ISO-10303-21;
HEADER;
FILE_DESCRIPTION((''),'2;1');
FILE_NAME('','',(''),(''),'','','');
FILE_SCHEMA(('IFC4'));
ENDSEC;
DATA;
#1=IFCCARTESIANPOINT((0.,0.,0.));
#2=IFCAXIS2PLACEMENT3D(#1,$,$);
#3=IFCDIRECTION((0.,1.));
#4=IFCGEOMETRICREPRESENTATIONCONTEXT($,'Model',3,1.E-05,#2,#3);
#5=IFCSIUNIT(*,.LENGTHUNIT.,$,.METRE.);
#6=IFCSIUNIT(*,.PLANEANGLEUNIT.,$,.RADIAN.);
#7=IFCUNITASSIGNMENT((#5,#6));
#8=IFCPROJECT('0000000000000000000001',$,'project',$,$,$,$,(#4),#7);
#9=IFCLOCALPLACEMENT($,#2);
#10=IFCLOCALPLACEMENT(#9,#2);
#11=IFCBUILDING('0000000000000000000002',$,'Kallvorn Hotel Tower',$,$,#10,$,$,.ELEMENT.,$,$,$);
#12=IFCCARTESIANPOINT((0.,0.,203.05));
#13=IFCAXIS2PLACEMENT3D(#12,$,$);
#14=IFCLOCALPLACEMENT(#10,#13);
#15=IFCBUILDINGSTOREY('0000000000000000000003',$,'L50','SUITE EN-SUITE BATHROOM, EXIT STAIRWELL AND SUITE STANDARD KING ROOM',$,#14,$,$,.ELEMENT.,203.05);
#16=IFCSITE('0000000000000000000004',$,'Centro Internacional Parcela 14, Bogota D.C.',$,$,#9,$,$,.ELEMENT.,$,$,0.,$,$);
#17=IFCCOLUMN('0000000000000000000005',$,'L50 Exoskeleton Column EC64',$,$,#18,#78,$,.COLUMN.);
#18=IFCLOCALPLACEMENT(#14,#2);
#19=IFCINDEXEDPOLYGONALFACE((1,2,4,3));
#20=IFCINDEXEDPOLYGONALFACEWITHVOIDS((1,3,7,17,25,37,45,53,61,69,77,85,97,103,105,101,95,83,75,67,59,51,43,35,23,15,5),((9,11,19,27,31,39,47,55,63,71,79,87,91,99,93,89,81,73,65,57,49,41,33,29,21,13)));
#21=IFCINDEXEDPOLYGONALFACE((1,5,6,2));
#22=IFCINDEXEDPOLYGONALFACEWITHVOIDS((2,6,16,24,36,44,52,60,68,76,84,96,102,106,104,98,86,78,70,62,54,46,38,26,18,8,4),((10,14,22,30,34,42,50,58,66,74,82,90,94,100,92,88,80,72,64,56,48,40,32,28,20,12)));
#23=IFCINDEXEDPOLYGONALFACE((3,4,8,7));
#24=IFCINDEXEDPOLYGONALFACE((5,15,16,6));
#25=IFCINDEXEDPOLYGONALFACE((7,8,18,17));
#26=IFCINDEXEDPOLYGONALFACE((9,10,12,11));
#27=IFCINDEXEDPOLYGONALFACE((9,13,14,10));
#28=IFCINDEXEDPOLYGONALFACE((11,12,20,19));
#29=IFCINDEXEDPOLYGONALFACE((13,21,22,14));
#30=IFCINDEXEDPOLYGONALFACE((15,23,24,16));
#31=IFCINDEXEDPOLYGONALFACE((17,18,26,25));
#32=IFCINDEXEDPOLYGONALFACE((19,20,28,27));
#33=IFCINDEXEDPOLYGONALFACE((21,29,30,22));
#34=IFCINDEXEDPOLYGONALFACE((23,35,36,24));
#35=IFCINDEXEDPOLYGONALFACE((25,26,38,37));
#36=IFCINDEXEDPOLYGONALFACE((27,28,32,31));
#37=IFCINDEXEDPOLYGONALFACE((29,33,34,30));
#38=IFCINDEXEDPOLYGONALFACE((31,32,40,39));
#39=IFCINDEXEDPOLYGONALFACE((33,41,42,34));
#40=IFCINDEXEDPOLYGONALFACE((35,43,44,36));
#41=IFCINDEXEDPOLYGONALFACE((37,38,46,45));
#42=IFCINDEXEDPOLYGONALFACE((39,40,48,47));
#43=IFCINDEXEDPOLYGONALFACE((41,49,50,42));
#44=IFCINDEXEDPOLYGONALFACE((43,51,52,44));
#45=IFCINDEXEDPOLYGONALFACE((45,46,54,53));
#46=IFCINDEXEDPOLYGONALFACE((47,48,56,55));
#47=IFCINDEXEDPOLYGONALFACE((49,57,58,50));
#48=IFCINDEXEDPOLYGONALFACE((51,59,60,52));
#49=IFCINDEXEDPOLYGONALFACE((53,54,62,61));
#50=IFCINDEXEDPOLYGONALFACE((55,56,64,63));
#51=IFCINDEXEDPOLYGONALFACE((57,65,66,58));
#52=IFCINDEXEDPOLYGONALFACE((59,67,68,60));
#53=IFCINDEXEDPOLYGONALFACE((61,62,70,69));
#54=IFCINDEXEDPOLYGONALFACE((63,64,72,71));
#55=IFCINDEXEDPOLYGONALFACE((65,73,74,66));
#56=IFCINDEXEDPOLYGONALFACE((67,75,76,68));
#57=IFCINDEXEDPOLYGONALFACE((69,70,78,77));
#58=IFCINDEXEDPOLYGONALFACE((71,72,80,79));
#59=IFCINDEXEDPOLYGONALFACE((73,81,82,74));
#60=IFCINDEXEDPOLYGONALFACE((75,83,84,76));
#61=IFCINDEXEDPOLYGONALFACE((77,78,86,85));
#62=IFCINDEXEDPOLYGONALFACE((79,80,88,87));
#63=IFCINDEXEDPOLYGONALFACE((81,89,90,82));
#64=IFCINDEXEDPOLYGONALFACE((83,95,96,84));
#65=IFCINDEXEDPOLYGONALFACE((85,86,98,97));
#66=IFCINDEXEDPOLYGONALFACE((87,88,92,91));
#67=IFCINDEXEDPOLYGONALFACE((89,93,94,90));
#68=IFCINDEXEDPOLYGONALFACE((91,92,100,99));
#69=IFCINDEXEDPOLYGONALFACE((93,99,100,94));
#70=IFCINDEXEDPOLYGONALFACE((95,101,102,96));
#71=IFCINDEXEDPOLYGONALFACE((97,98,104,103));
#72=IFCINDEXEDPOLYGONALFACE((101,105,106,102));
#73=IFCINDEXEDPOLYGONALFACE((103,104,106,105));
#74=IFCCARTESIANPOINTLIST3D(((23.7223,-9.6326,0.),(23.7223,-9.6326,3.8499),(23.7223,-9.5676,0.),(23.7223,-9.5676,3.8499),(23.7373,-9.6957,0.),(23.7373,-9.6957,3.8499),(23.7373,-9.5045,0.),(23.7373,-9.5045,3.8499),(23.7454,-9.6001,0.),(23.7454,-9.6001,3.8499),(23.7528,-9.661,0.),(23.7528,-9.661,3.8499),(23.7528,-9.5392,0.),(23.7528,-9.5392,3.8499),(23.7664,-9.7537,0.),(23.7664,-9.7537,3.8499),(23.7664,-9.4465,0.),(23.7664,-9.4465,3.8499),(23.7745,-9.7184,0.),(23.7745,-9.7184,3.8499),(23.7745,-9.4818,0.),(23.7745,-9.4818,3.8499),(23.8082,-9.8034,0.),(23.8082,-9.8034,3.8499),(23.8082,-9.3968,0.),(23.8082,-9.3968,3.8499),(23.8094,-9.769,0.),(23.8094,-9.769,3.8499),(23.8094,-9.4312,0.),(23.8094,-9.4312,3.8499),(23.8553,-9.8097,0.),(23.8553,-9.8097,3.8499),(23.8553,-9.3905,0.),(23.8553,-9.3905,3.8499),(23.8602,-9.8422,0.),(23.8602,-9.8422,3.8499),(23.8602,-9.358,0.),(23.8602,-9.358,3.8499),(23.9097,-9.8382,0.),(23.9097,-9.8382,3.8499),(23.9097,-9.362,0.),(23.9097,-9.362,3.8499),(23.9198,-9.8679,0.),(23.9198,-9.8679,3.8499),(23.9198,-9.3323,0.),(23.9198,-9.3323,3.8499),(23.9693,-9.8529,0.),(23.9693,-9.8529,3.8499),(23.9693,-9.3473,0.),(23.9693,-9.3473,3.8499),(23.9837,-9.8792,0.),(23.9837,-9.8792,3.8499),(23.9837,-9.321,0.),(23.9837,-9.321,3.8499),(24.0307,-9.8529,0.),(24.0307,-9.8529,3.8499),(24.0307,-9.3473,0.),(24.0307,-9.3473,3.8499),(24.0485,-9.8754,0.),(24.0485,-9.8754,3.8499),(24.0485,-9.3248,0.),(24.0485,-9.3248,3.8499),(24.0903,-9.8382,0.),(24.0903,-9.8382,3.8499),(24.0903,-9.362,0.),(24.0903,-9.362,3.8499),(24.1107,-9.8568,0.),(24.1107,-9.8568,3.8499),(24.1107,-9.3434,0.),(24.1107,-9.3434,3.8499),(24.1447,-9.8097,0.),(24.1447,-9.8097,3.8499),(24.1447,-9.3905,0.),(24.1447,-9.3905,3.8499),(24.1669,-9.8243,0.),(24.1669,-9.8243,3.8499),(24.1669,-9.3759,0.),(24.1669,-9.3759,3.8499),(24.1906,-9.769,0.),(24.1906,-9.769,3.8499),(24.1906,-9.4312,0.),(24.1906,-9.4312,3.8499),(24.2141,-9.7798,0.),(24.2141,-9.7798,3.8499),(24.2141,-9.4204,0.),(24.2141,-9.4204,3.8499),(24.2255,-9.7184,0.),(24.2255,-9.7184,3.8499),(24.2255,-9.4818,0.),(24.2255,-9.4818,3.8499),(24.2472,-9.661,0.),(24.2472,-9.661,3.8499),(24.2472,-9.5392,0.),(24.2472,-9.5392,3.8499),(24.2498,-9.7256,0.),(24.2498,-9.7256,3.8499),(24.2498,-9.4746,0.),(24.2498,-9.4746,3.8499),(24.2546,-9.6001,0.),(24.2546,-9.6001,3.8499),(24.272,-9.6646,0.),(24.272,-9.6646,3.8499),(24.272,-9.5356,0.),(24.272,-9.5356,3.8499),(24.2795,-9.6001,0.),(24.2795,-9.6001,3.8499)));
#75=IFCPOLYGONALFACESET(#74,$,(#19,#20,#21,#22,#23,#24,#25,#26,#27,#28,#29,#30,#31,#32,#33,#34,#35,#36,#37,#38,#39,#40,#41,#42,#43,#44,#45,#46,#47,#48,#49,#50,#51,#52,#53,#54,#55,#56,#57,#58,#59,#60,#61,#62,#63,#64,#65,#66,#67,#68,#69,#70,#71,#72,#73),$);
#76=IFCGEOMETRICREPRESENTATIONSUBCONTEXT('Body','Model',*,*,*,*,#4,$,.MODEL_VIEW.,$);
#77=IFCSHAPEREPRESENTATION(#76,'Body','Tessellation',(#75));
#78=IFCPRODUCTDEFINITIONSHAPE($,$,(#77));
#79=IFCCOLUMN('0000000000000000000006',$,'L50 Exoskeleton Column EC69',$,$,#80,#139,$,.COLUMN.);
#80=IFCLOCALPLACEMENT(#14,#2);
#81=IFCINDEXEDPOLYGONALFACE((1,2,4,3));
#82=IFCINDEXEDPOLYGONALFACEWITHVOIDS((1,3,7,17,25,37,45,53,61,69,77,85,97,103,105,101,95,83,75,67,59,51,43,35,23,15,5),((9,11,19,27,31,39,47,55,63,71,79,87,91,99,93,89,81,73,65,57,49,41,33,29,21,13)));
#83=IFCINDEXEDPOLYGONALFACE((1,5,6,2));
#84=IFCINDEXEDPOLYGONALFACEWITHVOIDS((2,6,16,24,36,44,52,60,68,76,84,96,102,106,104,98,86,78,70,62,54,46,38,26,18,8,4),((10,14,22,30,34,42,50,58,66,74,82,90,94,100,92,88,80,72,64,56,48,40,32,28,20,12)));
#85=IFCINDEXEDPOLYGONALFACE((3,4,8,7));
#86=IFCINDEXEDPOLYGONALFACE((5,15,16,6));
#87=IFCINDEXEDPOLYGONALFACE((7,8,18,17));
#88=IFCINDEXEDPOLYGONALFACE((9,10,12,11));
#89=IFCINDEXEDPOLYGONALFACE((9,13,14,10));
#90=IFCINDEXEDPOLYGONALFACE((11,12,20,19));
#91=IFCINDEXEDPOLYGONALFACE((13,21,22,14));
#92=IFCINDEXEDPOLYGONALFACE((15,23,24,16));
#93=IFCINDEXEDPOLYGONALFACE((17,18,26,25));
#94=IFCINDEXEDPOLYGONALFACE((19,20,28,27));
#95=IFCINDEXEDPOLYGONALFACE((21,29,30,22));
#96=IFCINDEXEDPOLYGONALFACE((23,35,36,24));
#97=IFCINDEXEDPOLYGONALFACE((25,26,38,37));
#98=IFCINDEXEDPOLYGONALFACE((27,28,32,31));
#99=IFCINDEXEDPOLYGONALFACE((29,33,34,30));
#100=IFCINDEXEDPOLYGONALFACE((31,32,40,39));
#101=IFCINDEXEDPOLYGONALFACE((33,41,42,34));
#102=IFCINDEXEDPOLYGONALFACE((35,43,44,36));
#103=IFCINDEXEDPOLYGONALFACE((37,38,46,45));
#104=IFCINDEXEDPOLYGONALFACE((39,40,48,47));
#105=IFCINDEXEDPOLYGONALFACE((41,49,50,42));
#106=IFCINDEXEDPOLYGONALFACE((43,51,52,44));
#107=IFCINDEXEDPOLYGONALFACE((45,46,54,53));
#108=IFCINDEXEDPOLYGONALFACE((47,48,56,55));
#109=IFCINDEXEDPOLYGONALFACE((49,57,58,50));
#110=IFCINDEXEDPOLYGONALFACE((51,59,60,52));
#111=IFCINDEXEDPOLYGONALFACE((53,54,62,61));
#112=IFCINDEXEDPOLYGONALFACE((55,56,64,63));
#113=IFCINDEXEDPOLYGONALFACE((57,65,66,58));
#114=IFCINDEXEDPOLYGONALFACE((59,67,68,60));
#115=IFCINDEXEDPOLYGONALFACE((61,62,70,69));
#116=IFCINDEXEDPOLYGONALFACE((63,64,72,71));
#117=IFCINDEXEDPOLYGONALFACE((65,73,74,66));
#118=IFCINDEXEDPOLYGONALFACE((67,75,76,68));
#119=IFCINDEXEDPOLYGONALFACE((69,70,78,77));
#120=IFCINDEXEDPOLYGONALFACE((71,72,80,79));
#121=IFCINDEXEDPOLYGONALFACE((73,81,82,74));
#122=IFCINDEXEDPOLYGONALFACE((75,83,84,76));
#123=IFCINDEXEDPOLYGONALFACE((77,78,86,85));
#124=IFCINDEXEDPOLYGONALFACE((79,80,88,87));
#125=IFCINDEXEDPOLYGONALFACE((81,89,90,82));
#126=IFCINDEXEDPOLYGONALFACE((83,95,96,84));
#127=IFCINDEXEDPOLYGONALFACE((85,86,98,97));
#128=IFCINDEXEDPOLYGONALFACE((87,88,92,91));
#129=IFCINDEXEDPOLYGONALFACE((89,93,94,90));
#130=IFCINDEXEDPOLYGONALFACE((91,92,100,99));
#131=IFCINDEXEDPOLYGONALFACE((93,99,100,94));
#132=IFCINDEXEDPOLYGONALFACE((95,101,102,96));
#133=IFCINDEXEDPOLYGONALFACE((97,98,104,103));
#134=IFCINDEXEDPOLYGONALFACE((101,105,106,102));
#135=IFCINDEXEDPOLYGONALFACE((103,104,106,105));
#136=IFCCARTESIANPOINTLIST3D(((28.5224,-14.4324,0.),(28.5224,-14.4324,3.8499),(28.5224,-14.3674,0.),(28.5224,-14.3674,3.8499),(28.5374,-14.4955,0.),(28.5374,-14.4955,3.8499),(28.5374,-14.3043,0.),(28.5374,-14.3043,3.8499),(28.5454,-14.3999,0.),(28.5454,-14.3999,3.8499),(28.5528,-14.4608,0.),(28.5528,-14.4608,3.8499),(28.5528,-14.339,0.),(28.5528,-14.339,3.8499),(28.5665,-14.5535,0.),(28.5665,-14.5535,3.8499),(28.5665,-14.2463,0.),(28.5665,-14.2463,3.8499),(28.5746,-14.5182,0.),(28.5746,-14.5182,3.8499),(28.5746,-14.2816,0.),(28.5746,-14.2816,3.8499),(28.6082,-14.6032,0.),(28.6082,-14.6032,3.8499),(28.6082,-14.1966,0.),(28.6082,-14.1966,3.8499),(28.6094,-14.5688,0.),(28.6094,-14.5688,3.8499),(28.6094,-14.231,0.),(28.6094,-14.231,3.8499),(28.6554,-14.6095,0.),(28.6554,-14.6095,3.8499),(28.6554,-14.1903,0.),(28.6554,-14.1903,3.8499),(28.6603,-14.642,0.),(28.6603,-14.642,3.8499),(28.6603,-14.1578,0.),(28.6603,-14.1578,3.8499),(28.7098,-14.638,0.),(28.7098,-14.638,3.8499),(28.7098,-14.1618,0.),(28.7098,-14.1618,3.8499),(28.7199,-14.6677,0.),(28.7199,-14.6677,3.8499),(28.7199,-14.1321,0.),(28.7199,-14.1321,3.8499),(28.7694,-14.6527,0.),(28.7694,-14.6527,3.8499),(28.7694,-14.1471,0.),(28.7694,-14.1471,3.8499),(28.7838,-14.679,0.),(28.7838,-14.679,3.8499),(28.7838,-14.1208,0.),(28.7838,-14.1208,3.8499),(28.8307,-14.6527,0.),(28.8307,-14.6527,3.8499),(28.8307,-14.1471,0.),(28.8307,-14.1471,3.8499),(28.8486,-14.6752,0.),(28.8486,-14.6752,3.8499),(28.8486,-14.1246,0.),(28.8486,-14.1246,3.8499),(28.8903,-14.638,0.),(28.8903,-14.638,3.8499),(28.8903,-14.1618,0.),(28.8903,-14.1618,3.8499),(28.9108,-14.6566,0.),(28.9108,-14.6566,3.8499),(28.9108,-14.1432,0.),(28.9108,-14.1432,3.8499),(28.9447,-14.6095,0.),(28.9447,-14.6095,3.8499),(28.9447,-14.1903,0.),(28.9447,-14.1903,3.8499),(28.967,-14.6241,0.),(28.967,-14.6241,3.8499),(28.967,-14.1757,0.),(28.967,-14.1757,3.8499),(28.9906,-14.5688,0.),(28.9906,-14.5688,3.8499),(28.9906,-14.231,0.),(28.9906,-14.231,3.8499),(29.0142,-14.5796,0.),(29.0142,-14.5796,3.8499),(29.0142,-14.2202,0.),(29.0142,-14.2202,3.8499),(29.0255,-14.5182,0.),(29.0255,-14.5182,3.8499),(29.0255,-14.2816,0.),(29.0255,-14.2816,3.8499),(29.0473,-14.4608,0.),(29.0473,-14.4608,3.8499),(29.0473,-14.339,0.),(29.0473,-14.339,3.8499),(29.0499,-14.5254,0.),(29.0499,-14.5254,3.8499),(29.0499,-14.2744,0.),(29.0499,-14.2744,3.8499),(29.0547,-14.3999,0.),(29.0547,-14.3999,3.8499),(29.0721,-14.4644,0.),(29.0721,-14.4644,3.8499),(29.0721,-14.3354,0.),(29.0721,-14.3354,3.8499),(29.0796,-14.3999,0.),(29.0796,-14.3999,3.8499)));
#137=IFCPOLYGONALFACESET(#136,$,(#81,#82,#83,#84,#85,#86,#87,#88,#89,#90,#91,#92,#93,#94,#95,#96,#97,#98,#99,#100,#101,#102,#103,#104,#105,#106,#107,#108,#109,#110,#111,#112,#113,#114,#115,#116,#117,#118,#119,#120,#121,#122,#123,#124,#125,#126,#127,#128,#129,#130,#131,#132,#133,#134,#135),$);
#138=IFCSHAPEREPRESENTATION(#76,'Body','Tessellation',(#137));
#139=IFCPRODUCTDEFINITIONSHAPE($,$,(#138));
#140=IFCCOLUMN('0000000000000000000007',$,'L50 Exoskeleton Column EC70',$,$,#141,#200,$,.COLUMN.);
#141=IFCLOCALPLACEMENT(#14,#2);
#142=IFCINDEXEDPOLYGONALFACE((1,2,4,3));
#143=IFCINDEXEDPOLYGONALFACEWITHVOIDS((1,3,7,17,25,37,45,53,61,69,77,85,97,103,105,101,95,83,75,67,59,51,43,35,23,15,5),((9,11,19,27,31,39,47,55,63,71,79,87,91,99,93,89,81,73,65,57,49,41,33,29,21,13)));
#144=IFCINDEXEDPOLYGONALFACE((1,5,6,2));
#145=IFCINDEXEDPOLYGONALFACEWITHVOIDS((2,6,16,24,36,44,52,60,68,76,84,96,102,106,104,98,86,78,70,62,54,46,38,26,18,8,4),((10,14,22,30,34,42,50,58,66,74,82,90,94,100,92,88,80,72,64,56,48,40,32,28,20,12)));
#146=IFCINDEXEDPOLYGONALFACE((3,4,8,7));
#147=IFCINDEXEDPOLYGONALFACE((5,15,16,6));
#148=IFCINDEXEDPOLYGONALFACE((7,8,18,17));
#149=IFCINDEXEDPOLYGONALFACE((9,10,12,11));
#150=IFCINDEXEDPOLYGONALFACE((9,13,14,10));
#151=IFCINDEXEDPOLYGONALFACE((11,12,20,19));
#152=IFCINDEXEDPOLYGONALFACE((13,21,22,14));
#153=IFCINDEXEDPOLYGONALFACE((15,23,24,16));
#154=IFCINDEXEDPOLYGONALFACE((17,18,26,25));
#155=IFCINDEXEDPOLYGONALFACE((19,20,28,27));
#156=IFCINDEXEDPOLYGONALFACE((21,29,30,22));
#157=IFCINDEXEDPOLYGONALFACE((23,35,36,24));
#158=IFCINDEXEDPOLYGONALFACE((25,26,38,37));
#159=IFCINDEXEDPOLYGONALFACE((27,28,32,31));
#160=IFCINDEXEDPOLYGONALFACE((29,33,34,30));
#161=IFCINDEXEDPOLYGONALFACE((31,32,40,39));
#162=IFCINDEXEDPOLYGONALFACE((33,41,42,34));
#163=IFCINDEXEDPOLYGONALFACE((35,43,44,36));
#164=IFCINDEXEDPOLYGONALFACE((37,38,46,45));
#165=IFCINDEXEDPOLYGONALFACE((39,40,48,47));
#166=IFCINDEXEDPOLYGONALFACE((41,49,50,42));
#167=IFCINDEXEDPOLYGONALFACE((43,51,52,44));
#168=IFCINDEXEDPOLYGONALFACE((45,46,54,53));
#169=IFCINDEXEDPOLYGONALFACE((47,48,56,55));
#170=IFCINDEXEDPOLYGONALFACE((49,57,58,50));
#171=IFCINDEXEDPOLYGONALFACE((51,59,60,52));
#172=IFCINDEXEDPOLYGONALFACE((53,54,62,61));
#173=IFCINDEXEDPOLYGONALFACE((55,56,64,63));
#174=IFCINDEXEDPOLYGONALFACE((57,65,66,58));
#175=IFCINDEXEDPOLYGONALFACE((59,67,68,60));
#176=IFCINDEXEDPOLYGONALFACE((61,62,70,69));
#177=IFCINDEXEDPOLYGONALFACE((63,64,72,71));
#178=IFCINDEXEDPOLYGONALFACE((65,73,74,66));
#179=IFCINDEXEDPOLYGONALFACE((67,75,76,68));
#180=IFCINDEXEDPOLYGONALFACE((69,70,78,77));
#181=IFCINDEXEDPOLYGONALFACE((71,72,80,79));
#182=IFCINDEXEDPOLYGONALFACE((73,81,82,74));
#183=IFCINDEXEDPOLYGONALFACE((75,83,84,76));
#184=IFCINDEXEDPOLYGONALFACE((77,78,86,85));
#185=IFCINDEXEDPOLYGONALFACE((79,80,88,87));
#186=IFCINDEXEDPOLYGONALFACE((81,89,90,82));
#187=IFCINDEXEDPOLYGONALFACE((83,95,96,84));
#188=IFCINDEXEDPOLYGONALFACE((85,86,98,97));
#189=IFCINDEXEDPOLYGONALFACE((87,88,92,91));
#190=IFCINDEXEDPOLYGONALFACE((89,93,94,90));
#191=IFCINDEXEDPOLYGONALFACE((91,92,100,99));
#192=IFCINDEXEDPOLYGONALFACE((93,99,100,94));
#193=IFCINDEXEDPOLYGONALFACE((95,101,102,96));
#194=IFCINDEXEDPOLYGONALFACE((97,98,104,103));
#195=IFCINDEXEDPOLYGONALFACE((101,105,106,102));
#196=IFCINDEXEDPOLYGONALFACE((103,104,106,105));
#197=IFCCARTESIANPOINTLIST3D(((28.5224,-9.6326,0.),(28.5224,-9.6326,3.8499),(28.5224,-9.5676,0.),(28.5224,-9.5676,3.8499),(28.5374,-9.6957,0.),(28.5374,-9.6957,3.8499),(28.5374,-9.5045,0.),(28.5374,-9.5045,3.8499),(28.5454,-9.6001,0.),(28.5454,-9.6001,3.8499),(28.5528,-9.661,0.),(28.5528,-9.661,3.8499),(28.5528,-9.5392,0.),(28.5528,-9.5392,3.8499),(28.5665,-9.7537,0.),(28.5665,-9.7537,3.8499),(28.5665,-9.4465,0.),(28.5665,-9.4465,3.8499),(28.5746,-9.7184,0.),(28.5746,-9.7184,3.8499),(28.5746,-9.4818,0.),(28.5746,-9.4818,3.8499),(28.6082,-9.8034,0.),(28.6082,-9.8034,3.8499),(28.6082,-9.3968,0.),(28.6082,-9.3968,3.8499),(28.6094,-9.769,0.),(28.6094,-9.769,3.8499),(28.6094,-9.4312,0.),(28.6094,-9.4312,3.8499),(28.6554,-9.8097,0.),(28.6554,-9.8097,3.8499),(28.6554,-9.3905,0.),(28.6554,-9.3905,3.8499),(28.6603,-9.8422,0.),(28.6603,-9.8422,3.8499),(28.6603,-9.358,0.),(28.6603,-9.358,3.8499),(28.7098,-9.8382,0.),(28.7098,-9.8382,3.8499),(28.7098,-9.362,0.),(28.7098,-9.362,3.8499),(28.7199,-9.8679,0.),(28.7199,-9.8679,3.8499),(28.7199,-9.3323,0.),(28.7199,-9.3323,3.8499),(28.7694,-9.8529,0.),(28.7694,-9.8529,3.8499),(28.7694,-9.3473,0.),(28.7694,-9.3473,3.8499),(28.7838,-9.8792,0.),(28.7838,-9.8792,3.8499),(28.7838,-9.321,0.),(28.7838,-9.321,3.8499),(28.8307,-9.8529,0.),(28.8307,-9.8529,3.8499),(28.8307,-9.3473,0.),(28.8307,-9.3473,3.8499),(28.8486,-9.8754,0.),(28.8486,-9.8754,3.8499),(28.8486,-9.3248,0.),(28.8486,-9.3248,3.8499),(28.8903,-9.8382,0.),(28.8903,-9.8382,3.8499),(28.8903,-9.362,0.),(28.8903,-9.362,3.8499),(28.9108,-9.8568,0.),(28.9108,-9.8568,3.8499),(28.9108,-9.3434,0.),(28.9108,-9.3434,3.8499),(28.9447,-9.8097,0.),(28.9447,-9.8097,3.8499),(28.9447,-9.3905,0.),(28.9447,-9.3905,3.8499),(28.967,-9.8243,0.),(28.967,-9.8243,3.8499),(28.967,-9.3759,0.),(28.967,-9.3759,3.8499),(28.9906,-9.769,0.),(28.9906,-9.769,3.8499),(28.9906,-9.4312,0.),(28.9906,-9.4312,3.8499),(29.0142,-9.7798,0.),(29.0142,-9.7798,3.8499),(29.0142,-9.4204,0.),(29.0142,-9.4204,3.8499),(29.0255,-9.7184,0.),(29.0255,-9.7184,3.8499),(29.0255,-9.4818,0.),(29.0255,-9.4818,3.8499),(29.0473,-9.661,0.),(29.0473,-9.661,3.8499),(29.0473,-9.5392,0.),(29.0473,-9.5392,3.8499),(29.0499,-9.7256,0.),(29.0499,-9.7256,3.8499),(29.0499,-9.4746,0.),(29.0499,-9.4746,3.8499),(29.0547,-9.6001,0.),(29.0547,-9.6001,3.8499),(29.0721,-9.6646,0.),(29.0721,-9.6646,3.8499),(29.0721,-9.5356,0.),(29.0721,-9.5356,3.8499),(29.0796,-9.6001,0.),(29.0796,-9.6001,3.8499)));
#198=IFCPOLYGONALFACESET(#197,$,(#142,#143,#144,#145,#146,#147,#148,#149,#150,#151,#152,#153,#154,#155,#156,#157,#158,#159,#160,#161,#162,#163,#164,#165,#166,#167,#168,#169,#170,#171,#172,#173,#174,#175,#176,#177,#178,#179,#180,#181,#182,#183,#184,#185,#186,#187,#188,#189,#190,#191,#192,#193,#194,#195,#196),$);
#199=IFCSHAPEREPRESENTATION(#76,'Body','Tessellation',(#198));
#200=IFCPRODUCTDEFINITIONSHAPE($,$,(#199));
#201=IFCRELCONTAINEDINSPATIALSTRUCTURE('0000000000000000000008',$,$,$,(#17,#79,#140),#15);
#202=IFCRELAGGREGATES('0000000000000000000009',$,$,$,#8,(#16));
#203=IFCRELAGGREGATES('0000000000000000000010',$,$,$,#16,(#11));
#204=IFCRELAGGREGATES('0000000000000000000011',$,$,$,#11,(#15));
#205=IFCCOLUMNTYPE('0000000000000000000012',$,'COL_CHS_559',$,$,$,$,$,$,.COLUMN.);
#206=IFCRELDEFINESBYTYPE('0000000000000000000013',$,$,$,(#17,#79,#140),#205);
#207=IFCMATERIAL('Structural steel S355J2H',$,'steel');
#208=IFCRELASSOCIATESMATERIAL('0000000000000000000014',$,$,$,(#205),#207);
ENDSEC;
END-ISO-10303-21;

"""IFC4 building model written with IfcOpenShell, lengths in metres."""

from ifc_helpers import new_model, si_unit, direction, frame, origin, origin_2d, place, context, subcontext, project, spatial, hollow_circle, extrude, material, material_profile, profile_set, type_object, element, save


model = new_model("IFC4")

# Units and contexts
model_context = context("Model", 3, precision=1e-05, world=origin(), true_north=direction((0.0, 1.0)))
body_context = subcontext(model_context, "Body", "Model", "MODEL_VIEW")
ifc_project = project(units=[si_unit("LENGTHUNIT", "METRE"), si_unit("PLANEANGLEUNIT", "RADIAN")], contexts=[model_context])

# Site, building, storey
site_placement = place(None, origin())
site = spatial("IfcSite", under=ifc_project, at=site_placement, Name="Centro Internacional Parcela 14, Bogota D.C.", CompositionType="ELEMENT", RefElevation=0.0)
building_placement = place(site_placement, origin())
building = spatial("IfcBuilding", under=site, at=building_placement, Name="Kallvorn Hotel Tower", CompositionType="ELEMENT")
storey_placement = place(building_placement, frame((0.0, 0.0, 203.05)))
storey = spatial("IfcBuildingStorey", under=building, at=storey_placement, Name="L50", Description="SUITE EN-SUITE BATHROOM, EXIT STAIRWELL AND SUITE STANDARD KING ROOM", CompositionType="ELEMENT", Elevation=203.05)

# Columns
ifc_material_1 = material(Name="Structural steel S355J2H", Category="steel")
ifc_material_profile_1 = material_profile(ifc_material_1, hollow_circle(Radius=0.2795, WallThickness=0.0249, at=origin_2d()), Name="CHS 559x25")
ifc_profile_set_1 = profile_set([ifc_material_profile_1], Name="Structural steel S355J2H")
column_type_1 = type_object("IfcColumnType", Name="COL_CHS_559", PredefinedType="COLUMN", material=ifc_profile_set_1)
for number, where, z_axis, x_axis, name in (
    (1, (24.0, -9.6001, 0.0), (0.0, 0.0, 1.0), (1.0, 0.0, 0.0), "L50 Exoskeleton Column EC64"),
    (2, (28.8, -14.3999, 0.0), (0.0, 0.0, 1.0), (1.0, 0.0, 0.0), "L50 Exoskeleton Column EC69"),
    (3, (28.8, -9.6001, 0.0), (0.0, 0.0, 1.0), (1.0, 0.0, 0.0), "L50 Exoskeleton Column EC70"),
):
    element("IfcColumn", number, at=place(storey_placement, frame(where, z_axis=z_axis, x_axis=x_axis)), inside=storey, type_object=column_type_1, Name=name, PredefinedType="COLUMN", context=body_context, shape_type="SweptSolid", body=[
        extrude(hollow_circle(Radius=0.2795, WallThickness=0.0249, at=origin_2d()), origin(), (0.0, 0.0, 1.0), 3.8499),
    ])

save(model, "model.ifc")
